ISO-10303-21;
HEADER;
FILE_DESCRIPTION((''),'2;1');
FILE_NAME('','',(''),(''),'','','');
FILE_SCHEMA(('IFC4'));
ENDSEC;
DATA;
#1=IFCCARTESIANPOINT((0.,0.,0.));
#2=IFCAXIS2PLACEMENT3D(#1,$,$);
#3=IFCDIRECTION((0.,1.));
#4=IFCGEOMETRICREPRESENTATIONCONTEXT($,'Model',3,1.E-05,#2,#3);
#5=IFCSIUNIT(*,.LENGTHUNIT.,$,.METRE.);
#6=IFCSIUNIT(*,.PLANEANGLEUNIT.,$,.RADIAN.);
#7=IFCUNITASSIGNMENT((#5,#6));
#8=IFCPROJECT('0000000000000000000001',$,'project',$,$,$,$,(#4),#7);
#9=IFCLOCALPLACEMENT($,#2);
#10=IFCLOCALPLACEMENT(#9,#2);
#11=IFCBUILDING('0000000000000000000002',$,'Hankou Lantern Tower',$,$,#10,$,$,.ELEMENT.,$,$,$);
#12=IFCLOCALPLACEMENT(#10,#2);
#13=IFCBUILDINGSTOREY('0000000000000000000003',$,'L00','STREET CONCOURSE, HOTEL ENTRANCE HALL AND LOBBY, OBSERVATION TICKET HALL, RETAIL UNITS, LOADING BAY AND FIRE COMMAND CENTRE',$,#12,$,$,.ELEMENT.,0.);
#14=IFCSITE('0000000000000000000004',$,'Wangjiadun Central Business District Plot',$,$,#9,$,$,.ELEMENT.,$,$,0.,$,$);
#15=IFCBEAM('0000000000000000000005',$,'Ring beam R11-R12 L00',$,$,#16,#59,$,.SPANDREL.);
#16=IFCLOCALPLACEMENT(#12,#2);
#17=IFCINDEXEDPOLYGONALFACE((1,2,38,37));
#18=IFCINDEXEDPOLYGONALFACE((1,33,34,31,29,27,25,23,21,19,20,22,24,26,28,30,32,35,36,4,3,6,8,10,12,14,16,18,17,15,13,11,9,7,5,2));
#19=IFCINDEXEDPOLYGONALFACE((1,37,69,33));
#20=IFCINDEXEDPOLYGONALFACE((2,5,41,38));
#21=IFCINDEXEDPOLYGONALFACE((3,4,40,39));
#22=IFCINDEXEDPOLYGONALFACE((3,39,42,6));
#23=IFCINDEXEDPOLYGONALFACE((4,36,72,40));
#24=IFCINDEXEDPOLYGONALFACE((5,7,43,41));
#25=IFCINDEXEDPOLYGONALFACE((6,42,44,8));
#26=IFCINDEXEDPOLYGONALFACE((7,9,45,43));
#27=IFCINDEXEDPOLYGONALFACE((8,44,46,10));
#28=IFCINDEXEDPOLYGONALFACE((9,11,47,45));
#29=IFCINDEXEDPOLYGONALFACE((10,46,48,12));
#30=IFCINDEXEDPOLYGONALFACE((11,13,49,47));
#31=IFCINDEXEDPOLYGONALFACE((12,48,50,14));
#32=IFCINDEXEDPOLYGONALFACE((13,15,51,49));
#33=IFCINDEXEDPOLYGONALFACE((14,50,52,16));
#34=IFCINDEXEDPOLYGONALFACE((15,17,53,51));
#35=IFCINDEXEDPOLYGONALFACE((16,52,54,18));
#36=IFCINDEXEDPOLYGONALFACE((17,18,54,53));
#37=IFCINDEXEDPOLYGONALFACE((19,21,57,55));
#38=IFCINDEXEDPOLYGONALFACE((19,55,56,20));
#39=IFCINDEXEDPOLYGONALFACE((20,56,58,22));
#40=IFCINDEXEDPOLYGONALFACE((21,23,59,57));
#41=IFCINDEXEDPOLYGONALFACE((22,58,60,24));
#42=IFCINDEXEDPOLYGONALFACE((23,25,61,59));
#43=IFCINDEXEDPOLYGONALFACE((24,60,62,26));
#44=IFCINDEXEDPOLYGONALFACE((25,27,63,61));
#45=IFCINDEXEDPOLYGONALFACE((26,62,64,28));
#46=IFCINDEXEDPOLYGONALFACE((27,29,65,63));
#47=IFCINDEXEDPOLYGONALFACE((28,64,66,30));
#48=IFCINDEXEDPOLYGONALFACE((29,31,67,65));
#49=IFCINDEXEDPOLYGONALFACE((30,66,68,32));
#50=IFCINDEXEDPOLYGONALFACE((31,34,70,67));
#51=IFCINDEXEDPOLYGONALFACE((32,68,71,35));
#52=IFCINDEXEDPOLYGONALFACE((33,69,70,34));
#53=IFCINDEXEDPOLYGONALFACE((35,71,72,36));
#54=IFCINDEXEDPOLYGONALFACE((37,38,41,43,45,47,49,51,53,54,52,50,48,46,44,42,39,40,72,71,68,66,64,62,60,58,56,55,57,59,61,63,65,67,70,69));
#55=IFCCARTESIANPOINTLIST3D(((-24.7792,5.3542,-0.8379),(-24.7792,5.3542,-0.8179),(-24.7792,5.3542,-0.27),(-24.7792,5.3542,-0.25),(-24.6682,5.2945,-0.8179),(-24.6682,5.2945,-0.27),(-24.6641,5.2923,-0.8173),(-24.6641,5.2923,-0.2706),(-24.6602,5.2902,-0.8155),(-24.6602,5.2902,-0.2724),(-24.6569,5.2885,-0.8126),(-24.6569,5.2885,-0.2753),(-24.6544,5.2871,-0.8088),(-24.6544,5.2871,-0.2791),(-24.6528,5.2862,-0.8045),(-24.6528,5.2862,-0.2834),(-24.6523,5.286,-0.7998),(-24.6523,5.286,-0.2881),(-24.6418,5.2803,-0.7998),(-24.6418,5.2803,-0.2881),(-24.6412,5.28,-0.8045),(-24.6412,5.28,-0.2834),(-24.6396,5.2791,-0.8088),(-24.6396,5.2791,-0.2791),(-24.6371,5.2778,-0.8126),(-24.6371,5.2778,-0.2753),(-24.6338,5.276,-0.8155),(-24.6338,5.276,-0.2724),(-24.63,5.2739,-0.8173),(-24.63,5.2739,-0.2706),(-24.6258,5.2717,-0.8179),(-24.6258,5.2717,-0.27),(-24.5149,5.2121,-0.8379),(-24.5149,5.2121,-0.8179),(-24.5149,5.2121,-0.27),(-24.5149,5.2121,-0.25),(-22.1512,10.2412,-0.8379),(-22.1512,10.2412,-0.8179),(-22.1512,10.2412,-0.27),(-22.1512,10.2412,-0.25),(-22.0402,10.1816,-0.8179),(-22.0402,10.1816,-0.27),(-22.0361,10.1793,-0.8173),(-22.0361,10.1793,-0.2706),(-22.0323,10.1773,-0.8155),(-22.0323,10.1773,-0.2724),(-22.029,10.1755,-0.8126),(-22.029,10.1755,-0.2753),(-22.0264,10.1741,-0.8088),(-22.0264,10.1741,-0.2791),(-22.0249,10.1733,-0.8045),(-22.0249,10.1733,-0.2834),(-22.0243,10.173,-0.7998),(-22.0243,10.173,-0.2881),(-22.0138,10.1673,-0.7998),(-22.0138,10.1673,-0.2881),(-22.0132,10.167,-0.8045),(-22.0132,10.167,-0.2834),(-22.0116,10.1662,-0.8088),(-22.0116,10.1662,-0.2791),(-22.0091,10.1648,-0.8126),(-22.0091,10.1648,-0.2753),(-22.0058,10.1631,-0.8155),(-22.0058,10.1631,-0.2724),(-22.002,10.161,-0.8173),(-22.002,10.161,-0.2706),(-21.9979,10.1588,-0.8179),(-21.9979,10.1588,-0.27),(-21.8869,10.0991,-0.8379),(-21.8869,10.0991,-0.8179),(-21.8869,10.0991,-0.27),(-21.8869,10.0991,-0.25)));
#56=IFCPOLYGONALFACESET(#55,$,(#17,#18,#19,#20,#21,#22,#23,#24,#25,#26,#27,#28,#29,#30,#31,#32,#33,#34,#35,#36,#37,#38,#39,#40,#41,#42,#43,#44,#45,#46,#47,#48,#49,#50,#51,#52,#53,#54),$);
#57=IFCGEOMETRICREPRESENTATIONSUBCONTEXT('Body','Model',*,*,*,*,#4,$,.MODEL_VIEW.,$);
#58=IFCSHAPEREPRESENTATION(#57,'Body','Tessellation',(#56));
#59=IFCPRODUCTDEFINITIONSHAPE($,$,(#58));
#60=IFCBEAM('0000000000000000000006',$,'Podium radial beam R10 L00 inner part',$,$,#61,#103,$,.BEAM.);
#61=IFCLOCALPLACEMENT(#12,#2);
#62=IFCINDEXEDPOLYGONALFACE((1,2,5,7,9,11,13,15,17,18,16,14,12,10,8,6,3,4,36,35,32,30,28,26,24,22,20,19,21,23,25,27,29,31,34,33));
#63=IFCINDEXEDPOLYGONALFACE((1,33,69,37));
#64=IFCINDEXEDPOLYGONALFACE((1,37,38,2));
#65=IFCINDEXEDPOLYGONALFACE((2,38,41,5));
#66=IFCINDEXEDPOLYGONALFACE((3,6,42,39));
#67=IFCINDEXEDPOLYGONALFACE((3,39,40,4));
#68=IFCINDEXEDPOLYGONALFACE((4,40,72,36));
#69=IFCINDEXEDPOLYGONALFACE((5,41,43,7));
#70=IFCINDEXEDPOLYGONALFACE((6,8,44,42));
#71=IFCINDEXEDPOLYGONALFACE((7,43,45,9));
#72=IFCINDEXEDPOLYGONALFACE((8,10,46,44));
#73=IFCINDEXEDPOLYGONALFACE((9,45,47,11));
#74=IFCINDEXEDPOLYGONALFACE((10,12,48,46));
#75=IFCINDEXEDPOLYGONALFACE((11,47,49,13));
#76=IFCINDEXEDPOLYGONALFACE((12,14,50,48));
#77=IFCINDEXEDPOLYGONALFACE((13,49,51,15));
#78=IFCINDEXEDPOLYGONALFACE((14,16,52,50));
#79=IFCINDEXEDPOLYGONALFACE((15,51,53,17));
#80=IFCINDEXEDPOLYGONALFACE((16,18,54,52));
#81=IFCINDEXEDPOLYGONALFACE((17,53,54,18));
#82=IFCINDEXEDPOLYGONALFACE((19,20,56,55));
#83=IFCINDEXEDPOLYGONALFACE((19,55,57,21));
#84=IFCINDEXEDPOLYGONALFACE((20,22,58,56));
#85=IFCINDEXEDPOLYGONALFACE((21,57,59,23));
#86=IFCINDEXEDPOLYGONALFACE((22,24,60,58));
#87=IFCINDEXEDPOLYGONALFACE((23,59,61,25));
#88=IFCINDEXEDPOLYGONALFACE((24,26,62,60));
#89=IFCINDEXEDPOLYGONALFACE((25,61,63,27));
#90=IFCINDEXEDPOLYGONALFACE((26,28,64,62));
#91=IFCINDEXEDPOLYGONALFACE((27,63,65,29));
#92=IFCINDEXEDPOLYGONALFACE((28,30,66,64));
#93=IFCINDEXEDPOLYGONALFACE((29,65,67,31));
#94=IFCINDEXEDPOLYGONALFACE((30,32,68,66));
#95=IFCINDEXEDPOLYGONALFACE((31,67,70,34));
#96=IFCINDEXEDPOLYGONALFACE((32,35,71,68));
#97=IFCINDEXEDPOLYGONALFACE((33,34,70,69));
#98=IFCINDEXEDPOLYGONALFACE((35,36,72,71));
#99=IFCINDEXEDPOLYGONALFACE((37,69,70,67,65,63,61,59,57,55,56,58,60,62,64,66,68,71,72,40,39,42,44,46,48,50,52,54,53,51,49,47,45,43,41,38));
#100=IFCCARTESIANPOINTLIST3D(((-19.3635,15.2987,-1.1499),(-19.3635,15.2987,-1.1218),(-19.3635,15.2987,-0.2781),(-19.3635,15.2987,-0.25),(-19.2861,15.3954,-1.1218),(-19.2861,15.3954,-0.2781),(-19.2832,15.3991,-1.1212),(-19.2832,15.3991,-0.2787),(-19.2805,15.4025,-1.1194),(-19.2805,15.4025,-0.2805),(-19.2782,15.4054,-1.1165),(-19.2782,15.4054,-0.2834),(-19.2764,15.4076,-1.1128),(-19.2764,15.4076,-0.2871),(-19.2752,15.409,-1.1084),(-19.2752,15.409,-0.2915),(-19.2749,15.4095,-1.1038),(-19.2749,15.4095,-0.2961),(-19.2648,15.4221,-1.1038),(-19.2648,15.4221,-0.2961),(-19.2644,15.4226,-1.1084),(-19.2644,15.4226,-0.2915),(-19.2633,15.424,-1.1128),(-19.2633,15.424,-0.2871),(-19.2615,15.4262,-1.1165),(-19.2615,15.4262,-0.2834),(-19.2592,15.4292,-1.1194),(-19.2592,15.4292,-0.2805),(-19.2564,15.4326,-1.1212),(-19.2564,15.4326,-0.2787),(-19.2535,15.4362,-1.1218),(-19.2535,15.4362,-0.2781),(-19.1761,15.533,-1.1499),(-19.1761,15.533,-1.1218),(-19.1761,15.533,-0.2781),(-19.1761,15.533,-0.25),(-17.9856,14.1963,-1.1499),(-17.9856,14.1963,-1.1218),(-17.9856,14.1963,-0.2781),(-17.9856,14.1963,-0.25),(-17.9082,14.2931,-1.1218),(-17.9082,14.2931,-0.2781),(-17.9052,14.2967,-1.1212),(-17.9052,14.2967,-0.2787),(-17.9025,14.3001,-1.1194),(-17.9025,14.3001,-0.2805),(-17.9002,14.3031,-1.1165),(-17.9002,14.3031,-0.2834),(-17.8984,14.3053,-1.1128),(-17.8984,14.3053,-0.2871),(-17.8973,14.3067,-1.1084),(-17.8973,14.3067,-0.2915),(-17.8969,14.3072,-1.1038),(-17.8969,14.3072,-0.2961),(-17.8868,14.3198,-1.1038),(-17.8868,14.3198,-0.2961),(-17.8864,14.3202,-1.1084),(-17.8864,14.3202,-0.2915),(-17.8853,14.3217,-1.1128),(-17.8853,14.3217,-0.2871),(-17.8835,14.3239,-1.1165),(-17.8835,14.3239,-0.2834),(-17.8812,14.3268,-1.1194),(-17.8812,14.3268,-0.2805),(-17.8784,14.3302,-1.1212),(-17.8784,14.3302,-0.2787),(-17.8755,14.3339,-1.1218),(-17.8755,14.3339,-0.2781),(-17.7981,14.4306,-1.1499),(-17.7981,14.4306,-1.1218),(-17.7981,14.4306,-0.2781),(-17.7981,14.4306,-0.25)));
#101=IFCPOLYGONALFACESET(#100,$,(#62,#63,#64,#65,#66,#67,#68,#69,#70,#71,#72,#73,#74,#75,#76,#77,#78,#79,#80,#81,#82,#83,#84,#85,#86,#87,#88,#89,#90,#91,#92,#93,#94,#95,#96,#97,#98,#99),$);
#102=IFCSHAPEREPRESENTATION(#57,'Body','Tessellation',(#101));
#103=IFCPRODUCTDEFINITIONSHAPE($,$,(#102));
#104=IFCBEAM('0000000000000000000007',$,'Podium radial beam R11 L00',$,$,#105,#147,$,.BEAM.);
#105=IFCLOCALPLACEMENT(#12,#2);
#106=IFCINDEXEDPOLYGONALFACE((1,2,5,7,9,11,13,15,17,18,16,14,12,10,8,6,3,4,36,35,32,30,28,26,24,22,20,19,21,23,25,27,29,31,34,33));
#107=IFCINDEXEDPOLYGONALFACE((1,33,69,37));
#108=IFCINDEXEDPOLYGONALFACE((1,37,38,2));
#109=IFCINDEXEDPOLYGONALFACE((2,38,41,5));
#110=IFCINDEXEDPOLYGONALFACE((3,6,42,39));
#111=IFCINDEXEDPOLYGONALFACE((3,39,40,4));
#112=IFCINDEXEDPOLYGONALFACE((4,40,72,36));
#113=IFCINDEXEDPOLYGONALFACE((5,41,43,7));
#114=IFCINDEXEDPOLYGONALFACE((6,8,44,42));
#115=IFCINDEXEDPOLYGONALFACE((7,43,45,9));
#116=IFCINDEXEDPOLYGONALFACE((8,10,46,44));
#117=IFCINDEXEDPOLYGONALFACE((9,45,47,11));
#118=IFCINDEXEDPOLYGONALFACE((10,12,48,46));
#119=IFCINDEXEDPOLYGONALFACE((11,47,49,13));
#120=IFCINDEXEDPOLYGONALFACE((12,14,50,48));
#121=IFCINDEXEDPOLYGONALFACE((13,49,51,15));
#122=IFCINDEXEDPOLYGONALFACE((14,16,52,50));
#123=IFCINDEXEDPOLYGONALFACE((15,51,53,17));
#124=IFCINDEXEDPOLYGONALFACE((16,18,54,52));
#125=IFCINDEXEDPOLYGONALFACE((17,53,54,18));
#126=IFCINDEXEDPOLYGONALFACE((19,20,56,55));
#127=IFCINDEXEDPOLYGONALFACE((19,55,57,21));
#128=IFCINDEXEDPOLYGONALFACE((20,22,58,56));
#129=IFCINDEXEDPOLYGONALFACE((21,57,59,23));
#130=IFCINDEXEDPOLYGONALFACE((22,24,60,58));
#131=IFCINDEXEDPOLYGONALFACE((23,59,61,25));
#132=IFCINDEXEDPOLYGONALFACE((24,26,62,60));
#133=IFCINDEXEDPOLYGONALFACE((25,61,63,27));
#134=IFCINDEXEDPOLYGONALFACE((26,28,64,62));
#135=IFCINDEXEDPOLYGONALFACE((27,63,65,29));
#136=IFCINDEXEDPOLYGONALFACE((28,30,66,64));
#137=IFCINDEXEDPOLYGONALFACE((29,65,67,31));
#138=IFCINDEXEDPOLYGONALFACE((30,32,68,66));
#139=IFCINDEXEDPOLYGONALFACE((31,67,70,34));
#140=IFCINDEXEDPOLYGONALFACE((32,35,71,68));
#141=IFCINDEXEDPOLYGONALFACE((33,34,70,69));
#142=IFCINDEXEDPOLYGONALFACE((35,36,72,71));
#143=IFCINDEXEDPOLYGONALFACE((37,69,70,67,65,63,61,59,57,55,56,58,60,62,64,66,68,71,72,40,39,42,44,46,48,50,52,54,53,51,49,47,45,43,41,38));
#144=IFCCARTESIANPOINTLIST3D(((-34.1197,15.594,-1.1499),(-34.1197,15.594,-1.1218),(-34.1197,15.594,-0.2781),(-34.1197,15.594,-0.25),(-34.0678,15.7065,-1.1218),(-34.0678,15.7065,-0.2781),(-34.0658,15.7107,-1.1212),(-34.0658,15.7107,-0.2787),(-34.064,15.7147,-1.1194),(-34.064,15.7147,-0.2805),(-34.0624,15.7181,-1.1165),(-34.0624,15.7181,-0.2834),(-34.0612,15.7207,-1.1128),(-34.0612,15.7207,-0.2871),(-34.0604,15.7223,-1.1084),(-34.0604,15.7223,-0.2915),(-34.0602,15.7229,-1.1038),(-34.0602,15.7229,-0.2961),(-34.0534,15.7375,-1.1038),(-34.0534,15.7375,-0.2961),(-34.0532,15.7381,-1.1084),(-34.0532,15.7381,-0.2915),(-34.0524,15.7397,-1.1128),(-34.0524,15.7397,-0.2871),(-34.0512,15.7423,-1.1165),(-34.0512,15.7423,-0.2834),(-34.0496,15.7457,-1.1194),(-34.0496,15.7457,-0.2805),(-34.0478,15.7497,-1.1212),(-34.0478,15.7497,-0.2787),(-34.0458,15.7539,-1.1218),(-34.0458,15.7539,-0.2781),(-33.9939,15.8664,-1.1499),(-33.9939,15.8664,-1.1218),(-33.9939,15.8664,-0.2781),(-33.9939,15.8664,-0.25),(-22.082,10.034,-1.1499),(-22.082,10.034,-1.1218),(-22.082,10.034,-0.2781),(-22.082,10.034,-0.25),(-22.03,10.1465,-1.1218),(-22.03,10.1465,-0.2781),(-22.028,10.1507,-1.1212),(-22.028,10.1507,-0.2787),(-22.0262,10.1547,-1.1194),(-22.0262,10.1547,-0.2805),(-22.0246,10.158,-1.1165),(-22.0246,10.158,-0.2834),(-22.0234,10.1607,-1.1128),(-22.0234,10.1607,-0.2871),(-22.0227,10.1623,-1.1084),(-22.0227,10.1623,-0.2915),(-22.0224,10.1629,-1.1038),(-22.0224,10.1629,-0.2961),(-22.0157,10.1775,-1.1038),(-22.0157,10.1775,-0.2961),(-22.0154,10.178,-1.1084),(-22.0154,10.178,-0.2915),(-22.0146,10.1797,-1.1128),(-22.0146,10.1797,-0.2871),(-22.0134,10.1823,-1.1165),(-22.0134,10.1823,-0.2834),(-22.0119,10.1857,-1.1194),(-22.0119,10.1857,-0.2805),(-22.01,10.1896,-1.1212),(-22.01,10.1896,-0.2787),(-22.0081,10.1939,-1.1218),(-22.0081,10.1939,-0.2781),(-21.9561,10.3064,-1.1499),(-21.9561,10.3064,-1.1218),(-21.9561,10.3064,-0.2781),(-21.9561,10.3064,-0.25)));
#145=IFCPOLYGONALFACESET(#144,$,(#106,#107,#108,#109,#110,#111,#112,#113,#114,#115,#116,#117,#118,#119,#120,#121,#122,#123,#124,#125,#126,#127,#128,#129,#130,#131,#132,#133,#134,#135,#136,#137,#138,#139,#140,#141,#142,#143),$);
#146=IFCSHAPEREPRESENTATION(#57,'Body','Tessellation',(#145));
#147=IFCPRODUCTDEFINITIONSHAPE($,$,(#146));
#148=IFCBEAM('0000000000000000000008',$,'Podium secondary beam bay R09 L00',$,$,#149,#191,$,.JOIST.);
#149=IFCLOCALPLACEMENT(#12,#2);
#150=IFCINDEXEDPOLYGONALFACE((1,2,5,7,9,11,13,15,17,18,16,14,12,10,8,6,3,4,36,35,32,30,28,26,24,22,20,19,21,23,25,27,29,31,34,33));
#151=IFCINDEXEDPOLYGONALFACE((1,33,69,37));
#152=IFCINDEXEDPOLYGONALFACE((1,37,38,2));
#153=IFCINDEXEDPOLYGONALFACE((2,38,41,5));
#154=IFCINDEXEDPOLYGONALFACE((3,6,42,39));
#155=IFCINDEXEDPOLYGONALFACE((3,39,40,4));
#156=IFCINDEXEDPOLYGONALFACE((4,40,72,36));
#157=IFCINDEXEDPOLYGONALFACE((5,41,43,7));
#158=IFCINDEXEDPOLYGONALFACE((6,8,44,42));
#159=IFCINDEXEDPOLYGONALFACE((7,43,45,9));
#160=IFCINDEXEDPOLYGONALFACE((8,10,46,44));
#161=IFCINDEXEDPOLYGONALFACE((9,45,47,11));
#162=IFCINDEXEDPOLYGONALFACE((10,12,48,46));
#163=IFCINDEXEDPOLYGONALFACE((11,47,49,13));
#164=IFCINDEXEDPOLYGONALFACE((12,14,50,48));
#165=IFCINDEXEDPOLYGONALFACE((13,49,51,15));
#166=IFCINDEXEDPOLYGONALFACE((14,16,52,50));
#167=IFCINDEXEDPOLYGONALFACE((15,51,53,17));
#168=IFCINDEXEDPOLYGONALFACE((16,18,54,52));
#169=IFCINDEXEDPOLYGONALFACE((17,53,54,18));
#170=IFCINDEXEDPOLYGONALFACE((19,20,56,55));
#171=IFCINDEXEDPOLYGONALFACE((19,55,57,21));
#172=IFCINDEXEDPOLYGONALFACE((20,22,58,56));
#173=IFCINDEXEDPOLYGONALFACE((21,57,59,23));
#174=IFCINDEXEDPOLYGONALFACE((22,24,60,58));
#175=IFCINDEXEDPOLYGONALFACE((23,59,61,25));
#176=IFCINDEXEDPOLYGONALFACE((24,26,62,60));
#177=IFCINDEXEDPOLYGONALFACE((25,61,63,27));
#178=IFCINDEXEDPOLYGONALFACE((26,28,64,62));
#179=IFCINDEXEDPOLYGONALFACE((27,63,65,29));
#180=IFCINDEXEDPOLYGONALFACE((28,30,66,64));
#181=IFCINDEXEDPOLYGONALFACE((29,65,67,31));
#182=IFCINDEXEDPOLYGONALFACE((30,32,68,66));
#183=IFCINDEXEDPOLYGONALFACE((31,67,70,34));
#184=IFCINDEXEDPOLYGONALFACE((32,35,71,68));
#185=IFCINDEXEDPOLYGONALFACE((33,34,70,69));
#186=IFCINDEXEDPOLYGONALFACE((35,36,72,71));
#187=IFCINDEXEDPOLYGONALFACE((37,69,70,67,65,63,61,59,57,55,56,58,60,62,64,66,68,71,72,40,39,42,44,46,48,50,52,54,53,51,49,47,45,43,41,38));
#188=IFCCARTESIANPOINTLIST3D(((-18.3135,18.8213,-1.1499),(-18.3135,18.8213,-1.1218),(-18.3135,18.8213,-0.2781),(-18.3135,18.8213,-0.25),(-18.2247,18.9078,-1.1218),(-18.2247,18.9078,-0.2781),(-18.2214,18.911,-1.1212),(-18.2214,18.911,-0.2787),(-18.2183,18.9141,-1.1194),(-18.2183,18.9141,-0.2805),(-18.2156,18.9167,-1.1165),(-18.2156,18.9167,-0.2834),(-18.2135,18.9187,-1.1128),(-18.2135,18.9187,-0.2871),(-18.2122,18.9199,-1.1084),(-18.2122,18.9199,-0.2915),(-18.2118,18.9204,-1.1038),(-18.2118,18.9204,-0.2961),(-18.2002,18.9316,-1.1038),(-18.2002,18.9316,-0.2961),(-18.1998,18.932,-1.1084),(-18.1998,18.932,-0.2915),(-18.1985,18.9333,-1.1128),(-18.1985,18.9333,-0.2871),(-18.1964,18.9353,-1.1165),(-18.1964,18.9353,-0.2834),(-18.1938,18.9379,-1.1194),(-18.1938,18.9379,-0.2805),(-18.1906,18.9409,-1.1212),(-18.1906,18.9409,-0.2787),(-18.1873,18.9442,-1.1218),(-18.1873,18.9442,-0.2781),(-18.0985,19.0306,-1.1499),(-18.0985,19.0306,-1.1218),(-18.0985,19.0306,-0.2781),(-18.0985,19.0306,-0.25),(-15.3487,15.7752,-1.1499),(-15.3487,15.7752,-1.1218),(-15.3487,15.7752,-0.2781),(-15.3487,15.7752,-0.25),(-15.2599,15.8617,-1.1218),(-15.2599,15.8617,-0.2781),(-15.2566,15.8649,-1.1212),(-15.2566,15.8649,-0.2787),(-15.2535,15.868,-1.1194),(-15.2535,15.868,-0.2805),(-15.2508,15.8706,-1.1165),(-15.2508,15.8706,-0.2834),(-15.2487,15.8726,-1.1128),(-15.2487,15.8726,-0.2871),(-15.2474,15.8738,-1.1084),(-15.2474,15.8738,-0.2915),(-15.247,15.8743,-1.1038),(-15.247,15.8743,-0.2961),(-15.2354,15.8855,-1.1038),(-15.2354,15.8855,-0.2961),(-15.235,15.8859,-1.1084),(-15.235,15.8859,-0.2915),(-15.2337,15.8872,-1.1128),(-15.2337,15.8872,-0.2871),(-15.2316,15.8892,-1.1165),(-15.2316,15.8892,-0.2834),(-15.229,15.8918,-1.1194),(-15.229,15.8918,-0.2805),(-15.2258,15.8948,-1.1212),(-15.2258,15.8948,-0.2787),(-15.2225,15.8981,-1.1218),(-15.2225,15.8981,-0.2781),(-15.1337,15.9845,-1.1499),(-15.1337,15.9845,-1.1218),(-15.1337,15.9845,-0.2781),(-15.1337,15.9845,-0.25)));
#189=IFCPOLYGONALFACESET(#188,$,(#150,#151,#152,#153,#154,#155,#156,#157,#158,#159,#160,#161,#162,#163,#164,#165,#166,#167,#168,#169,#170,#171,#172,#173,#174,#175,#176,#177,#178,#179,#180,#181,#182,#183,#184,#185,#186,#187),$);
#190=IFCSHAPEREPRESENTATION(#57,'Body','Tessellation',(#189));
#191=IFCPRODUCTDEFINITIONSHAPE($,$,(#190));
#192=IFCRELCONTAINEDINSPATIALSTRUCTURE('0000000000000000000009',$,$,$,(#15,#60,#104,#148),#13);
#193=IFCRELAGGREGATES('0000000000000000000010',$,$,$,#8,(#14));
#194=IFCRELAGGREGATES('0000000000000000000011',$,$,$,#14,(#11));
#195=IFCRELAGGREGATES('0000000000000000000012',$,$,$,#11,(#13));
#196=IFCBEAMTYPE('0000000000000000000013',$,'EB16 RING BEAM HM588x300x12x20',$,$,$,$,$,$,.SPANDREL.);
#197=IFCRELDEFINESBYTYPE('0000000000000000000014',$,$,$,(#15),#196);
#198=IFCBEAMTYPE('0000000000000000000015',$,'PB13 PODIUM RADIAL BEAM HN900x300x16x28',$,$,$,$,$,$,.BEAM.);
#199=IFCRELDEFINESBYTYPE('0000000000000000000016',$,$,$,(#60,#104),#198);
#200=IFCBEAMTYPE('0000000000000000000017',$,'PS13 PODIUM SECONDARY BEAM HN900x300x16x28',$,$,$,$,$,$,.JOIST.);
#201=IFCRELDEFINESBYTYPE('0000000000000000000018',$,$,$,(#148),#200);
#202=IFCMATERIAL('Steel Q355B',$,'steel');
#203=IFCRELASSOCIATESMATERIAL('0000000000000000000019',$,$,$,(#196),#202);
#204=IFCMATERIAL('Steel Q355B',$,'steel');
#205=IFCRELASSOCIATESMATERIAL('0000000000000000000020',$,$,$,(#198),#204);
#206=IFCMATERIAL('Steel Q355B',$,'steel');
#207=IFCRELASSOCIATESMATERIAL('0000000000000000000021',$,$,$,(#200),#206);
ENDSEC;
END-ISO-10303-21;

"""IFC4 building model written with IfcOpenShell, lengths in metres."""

from ifc_helpers import new_model, si_unit, direction, frame, origin, origin_2d, place, context, subcontext, project, spatial, i_section, extrude, material, material_profile, profile_set, type_object, element, save


model = new_model("IFC4")

# Units and contexts
model_context = context("Model", 3, precision=1e-05, world=origin(), true_north=direction((0.0, 1.0)))
body_context = subcontext(model_context, "Body", "Model", "MODEL_VIEW")
ifc_project = project(units=[si_unit("LENGTHUNIT", "METRE"), si_unit("PLANEANGLEUNIT", "RADIAN")], contexts=[model_context])

# Site, building, storey
site_placement = place(None, origin())
site = spatial("IfcSite", under=ifc_project, at=site_placement, Name="Wangjiadun Central Business District Plot", CompositionType="ELEMENT", RefElevation=0.0)
building_placement = place(site_placement, origin())
building = spatial("IfcBuilding", under=site, at=building_placement, Name="Hankou Lantern Tower", CompositionType="ELEMENT")
storey_placement = place(building_placement, origin())
storey = spatial("IfcBuildingStorey", under=building, at=storey_placement, Name="L00", Description="STREET CONCOURSE, HOTEL ENTRANCE HALL AND LOBBY, OBSERVATION TICKET HALL, RETAIL UNITS, LOADING BAY AND FIRE COMMAND CENTRE", CompositionType="ELEMENT", Elevation=0.0)

# Beams
ifc_material_1 = material(Name="Steel Q355B", Category="steel")
ifc_material_profile_1 = material_profile(ifc_material_1, i_section(OverallWidth=0.3, OverallDepth=0.5879, WebThickness=0.012, FlangeThickness=0.02, FilletRadius=0.0181, at=origin_2d()), Name="HM588x300x12x20")
ifc_profile_set_1 = profile_set([ifc_material_profile_1], Name="Steel Q355B")
beam_type_1 = type_object("IfcBeamType", Name="EB16 RING BEAM HM588x300x12x20", PredefinedType="SPANDREL", material=ifc_profile_set_1)
beam_1_placement = place(storey_placement, frame((-22.019, 10.1702, -0.5439), z_axis=(-0.473609, -0.880735, 0.0), x_axis=(0.880735, -0.473609, 0.0)))
element("IfcBeam", 1, at=beam_1_placement, inside=storey, type_object=beam_type_1, Name="Ring beam R11-R12 L00", PredefinedType="SPANDREL", context=body_context, shape_type="SweptSolid", body=[
    extrude(i_section(OverallWidth=0.3, OverallDepth=0.5879, WebThickness=0.012, FlangeThickness=0.02, FilletRadius=0.0181, at=origin_2d()), origin(), (0.0, 0.0, 1.0), 5.5488),
])
ifc_material_2 = material(Name="Steel Q355B", Category="steel")
ifc_material_profile_2 = material_profile(ifc_material_2, i_section(OverallWidth=0.3, OverallDepth=0.8999, WebThickness=0.0161, FlangeThickness=0.0281, FilletRadius=0.0181, at=origin_2d()), Name="HN900x300x16x28")
ifc_profile_set_2 = profile_set([ifc_material_profile_2], Name="Steel Q355B")
beam_type_2 = type_object("IfcBeamType", Name="PB13 PODIUM RADIAL BEAM HN900x300x16x28", PredefinedType="BEAM", material=ifc_profile_set_2)
beam_2_placement = place(storey_placement, frame((-17.8918, 14.3135, -0.7), z_axis=(-0.780882, 0.624678, 0.0), x_axis=(-0.624678, -0.780882, 0.0)))
element("IfcBeam", 2, at=beam_2_placement, inside=storey, type_object=beam_type_2, Name="Podium radial beam R10 L00 inner part", PredefinedType="BEAM", context=body_context, shape_type="SweptSolid", body=[
    extrude(i_section(OverallWidth=0.3, OverallDepth=0.8999, WebThickness=0.0161, FlangeThickness=0.0281, FilletRadius=0.0181, at=origin_2d()), origin(), (0.0, 0.0, 1.0), 1.7646),
])
beam_3_placement = place(storey_placement, frame((-22.019, 10.1702, -0.7), z_axis=(-0.907841, 0.419315, 0.0), x_axis=(-0.419315, -0.907841, 0.0)))
element("IfcBeam", 3, at=beam_3_placement, inside=storey, type_object=beam_type_2, Name="Podium radial beam R11 L00", PredefinedType="BEAM", context=body_context, shape_type="SweptSolid", body=[
    extrude(i_section(OverallWidth=0.3, OverallDepth=0.8999, WebThickness=0.0161, FlangeThickness=0.0281, FilletRadius=0.0181, at=origin_2d()), origin(), (0.0, 0.0, 1.0), 13.2598),
])
ifc_material_3 = material(Name="Steel Q355B", Category="steel")
ifc_material_profile_3 = material_profile(ifc_material_3, i_section(OverallWidth=0.3, OverallDepth=0.8999, WebThickness=0.0161, FlangeThickness=0.0281, FilletRadius=0.0181, at=origin_2d()), Name="HN900x300x16x28")
ifc_profile_set_3 = profile_set([ifc_material_profile_3], Name="Steel Q355B")
beam_type_3 = type_object("IfcBeamType", Name="PS13 PODIUM SECONDARY BEAM HN900x300x16x28", PredefinedType="JOIST", material=ifc_profile_set_3)
beam_4_placement = place(storey_placement, frame((-15.2412, 15.8799, -0.7), z_axis=(-0.697479, 0.716605, 0.0), x_axis=(-0.716605, -0.697479, 0.0)))
element("IfcBeam", 4, at=beam_4_placement, inside=storey, type_object=beam_type_3, Name="Podium secondary beam bay R09 L00", PredefinedType="JOIST", context=body_context, shape_type="SweptSolid", body=[
    extrude(i_section(OverallWidth=0.3, OverallDepth=0.8999, WebThickness=0.0161, FlangeThickness=0.0281, FilletRadius=0.0181, at=origin_2d()), origin(), (0.0, 0.0, 1.0), 4.2507),
])

save(model, "model.ifc")
